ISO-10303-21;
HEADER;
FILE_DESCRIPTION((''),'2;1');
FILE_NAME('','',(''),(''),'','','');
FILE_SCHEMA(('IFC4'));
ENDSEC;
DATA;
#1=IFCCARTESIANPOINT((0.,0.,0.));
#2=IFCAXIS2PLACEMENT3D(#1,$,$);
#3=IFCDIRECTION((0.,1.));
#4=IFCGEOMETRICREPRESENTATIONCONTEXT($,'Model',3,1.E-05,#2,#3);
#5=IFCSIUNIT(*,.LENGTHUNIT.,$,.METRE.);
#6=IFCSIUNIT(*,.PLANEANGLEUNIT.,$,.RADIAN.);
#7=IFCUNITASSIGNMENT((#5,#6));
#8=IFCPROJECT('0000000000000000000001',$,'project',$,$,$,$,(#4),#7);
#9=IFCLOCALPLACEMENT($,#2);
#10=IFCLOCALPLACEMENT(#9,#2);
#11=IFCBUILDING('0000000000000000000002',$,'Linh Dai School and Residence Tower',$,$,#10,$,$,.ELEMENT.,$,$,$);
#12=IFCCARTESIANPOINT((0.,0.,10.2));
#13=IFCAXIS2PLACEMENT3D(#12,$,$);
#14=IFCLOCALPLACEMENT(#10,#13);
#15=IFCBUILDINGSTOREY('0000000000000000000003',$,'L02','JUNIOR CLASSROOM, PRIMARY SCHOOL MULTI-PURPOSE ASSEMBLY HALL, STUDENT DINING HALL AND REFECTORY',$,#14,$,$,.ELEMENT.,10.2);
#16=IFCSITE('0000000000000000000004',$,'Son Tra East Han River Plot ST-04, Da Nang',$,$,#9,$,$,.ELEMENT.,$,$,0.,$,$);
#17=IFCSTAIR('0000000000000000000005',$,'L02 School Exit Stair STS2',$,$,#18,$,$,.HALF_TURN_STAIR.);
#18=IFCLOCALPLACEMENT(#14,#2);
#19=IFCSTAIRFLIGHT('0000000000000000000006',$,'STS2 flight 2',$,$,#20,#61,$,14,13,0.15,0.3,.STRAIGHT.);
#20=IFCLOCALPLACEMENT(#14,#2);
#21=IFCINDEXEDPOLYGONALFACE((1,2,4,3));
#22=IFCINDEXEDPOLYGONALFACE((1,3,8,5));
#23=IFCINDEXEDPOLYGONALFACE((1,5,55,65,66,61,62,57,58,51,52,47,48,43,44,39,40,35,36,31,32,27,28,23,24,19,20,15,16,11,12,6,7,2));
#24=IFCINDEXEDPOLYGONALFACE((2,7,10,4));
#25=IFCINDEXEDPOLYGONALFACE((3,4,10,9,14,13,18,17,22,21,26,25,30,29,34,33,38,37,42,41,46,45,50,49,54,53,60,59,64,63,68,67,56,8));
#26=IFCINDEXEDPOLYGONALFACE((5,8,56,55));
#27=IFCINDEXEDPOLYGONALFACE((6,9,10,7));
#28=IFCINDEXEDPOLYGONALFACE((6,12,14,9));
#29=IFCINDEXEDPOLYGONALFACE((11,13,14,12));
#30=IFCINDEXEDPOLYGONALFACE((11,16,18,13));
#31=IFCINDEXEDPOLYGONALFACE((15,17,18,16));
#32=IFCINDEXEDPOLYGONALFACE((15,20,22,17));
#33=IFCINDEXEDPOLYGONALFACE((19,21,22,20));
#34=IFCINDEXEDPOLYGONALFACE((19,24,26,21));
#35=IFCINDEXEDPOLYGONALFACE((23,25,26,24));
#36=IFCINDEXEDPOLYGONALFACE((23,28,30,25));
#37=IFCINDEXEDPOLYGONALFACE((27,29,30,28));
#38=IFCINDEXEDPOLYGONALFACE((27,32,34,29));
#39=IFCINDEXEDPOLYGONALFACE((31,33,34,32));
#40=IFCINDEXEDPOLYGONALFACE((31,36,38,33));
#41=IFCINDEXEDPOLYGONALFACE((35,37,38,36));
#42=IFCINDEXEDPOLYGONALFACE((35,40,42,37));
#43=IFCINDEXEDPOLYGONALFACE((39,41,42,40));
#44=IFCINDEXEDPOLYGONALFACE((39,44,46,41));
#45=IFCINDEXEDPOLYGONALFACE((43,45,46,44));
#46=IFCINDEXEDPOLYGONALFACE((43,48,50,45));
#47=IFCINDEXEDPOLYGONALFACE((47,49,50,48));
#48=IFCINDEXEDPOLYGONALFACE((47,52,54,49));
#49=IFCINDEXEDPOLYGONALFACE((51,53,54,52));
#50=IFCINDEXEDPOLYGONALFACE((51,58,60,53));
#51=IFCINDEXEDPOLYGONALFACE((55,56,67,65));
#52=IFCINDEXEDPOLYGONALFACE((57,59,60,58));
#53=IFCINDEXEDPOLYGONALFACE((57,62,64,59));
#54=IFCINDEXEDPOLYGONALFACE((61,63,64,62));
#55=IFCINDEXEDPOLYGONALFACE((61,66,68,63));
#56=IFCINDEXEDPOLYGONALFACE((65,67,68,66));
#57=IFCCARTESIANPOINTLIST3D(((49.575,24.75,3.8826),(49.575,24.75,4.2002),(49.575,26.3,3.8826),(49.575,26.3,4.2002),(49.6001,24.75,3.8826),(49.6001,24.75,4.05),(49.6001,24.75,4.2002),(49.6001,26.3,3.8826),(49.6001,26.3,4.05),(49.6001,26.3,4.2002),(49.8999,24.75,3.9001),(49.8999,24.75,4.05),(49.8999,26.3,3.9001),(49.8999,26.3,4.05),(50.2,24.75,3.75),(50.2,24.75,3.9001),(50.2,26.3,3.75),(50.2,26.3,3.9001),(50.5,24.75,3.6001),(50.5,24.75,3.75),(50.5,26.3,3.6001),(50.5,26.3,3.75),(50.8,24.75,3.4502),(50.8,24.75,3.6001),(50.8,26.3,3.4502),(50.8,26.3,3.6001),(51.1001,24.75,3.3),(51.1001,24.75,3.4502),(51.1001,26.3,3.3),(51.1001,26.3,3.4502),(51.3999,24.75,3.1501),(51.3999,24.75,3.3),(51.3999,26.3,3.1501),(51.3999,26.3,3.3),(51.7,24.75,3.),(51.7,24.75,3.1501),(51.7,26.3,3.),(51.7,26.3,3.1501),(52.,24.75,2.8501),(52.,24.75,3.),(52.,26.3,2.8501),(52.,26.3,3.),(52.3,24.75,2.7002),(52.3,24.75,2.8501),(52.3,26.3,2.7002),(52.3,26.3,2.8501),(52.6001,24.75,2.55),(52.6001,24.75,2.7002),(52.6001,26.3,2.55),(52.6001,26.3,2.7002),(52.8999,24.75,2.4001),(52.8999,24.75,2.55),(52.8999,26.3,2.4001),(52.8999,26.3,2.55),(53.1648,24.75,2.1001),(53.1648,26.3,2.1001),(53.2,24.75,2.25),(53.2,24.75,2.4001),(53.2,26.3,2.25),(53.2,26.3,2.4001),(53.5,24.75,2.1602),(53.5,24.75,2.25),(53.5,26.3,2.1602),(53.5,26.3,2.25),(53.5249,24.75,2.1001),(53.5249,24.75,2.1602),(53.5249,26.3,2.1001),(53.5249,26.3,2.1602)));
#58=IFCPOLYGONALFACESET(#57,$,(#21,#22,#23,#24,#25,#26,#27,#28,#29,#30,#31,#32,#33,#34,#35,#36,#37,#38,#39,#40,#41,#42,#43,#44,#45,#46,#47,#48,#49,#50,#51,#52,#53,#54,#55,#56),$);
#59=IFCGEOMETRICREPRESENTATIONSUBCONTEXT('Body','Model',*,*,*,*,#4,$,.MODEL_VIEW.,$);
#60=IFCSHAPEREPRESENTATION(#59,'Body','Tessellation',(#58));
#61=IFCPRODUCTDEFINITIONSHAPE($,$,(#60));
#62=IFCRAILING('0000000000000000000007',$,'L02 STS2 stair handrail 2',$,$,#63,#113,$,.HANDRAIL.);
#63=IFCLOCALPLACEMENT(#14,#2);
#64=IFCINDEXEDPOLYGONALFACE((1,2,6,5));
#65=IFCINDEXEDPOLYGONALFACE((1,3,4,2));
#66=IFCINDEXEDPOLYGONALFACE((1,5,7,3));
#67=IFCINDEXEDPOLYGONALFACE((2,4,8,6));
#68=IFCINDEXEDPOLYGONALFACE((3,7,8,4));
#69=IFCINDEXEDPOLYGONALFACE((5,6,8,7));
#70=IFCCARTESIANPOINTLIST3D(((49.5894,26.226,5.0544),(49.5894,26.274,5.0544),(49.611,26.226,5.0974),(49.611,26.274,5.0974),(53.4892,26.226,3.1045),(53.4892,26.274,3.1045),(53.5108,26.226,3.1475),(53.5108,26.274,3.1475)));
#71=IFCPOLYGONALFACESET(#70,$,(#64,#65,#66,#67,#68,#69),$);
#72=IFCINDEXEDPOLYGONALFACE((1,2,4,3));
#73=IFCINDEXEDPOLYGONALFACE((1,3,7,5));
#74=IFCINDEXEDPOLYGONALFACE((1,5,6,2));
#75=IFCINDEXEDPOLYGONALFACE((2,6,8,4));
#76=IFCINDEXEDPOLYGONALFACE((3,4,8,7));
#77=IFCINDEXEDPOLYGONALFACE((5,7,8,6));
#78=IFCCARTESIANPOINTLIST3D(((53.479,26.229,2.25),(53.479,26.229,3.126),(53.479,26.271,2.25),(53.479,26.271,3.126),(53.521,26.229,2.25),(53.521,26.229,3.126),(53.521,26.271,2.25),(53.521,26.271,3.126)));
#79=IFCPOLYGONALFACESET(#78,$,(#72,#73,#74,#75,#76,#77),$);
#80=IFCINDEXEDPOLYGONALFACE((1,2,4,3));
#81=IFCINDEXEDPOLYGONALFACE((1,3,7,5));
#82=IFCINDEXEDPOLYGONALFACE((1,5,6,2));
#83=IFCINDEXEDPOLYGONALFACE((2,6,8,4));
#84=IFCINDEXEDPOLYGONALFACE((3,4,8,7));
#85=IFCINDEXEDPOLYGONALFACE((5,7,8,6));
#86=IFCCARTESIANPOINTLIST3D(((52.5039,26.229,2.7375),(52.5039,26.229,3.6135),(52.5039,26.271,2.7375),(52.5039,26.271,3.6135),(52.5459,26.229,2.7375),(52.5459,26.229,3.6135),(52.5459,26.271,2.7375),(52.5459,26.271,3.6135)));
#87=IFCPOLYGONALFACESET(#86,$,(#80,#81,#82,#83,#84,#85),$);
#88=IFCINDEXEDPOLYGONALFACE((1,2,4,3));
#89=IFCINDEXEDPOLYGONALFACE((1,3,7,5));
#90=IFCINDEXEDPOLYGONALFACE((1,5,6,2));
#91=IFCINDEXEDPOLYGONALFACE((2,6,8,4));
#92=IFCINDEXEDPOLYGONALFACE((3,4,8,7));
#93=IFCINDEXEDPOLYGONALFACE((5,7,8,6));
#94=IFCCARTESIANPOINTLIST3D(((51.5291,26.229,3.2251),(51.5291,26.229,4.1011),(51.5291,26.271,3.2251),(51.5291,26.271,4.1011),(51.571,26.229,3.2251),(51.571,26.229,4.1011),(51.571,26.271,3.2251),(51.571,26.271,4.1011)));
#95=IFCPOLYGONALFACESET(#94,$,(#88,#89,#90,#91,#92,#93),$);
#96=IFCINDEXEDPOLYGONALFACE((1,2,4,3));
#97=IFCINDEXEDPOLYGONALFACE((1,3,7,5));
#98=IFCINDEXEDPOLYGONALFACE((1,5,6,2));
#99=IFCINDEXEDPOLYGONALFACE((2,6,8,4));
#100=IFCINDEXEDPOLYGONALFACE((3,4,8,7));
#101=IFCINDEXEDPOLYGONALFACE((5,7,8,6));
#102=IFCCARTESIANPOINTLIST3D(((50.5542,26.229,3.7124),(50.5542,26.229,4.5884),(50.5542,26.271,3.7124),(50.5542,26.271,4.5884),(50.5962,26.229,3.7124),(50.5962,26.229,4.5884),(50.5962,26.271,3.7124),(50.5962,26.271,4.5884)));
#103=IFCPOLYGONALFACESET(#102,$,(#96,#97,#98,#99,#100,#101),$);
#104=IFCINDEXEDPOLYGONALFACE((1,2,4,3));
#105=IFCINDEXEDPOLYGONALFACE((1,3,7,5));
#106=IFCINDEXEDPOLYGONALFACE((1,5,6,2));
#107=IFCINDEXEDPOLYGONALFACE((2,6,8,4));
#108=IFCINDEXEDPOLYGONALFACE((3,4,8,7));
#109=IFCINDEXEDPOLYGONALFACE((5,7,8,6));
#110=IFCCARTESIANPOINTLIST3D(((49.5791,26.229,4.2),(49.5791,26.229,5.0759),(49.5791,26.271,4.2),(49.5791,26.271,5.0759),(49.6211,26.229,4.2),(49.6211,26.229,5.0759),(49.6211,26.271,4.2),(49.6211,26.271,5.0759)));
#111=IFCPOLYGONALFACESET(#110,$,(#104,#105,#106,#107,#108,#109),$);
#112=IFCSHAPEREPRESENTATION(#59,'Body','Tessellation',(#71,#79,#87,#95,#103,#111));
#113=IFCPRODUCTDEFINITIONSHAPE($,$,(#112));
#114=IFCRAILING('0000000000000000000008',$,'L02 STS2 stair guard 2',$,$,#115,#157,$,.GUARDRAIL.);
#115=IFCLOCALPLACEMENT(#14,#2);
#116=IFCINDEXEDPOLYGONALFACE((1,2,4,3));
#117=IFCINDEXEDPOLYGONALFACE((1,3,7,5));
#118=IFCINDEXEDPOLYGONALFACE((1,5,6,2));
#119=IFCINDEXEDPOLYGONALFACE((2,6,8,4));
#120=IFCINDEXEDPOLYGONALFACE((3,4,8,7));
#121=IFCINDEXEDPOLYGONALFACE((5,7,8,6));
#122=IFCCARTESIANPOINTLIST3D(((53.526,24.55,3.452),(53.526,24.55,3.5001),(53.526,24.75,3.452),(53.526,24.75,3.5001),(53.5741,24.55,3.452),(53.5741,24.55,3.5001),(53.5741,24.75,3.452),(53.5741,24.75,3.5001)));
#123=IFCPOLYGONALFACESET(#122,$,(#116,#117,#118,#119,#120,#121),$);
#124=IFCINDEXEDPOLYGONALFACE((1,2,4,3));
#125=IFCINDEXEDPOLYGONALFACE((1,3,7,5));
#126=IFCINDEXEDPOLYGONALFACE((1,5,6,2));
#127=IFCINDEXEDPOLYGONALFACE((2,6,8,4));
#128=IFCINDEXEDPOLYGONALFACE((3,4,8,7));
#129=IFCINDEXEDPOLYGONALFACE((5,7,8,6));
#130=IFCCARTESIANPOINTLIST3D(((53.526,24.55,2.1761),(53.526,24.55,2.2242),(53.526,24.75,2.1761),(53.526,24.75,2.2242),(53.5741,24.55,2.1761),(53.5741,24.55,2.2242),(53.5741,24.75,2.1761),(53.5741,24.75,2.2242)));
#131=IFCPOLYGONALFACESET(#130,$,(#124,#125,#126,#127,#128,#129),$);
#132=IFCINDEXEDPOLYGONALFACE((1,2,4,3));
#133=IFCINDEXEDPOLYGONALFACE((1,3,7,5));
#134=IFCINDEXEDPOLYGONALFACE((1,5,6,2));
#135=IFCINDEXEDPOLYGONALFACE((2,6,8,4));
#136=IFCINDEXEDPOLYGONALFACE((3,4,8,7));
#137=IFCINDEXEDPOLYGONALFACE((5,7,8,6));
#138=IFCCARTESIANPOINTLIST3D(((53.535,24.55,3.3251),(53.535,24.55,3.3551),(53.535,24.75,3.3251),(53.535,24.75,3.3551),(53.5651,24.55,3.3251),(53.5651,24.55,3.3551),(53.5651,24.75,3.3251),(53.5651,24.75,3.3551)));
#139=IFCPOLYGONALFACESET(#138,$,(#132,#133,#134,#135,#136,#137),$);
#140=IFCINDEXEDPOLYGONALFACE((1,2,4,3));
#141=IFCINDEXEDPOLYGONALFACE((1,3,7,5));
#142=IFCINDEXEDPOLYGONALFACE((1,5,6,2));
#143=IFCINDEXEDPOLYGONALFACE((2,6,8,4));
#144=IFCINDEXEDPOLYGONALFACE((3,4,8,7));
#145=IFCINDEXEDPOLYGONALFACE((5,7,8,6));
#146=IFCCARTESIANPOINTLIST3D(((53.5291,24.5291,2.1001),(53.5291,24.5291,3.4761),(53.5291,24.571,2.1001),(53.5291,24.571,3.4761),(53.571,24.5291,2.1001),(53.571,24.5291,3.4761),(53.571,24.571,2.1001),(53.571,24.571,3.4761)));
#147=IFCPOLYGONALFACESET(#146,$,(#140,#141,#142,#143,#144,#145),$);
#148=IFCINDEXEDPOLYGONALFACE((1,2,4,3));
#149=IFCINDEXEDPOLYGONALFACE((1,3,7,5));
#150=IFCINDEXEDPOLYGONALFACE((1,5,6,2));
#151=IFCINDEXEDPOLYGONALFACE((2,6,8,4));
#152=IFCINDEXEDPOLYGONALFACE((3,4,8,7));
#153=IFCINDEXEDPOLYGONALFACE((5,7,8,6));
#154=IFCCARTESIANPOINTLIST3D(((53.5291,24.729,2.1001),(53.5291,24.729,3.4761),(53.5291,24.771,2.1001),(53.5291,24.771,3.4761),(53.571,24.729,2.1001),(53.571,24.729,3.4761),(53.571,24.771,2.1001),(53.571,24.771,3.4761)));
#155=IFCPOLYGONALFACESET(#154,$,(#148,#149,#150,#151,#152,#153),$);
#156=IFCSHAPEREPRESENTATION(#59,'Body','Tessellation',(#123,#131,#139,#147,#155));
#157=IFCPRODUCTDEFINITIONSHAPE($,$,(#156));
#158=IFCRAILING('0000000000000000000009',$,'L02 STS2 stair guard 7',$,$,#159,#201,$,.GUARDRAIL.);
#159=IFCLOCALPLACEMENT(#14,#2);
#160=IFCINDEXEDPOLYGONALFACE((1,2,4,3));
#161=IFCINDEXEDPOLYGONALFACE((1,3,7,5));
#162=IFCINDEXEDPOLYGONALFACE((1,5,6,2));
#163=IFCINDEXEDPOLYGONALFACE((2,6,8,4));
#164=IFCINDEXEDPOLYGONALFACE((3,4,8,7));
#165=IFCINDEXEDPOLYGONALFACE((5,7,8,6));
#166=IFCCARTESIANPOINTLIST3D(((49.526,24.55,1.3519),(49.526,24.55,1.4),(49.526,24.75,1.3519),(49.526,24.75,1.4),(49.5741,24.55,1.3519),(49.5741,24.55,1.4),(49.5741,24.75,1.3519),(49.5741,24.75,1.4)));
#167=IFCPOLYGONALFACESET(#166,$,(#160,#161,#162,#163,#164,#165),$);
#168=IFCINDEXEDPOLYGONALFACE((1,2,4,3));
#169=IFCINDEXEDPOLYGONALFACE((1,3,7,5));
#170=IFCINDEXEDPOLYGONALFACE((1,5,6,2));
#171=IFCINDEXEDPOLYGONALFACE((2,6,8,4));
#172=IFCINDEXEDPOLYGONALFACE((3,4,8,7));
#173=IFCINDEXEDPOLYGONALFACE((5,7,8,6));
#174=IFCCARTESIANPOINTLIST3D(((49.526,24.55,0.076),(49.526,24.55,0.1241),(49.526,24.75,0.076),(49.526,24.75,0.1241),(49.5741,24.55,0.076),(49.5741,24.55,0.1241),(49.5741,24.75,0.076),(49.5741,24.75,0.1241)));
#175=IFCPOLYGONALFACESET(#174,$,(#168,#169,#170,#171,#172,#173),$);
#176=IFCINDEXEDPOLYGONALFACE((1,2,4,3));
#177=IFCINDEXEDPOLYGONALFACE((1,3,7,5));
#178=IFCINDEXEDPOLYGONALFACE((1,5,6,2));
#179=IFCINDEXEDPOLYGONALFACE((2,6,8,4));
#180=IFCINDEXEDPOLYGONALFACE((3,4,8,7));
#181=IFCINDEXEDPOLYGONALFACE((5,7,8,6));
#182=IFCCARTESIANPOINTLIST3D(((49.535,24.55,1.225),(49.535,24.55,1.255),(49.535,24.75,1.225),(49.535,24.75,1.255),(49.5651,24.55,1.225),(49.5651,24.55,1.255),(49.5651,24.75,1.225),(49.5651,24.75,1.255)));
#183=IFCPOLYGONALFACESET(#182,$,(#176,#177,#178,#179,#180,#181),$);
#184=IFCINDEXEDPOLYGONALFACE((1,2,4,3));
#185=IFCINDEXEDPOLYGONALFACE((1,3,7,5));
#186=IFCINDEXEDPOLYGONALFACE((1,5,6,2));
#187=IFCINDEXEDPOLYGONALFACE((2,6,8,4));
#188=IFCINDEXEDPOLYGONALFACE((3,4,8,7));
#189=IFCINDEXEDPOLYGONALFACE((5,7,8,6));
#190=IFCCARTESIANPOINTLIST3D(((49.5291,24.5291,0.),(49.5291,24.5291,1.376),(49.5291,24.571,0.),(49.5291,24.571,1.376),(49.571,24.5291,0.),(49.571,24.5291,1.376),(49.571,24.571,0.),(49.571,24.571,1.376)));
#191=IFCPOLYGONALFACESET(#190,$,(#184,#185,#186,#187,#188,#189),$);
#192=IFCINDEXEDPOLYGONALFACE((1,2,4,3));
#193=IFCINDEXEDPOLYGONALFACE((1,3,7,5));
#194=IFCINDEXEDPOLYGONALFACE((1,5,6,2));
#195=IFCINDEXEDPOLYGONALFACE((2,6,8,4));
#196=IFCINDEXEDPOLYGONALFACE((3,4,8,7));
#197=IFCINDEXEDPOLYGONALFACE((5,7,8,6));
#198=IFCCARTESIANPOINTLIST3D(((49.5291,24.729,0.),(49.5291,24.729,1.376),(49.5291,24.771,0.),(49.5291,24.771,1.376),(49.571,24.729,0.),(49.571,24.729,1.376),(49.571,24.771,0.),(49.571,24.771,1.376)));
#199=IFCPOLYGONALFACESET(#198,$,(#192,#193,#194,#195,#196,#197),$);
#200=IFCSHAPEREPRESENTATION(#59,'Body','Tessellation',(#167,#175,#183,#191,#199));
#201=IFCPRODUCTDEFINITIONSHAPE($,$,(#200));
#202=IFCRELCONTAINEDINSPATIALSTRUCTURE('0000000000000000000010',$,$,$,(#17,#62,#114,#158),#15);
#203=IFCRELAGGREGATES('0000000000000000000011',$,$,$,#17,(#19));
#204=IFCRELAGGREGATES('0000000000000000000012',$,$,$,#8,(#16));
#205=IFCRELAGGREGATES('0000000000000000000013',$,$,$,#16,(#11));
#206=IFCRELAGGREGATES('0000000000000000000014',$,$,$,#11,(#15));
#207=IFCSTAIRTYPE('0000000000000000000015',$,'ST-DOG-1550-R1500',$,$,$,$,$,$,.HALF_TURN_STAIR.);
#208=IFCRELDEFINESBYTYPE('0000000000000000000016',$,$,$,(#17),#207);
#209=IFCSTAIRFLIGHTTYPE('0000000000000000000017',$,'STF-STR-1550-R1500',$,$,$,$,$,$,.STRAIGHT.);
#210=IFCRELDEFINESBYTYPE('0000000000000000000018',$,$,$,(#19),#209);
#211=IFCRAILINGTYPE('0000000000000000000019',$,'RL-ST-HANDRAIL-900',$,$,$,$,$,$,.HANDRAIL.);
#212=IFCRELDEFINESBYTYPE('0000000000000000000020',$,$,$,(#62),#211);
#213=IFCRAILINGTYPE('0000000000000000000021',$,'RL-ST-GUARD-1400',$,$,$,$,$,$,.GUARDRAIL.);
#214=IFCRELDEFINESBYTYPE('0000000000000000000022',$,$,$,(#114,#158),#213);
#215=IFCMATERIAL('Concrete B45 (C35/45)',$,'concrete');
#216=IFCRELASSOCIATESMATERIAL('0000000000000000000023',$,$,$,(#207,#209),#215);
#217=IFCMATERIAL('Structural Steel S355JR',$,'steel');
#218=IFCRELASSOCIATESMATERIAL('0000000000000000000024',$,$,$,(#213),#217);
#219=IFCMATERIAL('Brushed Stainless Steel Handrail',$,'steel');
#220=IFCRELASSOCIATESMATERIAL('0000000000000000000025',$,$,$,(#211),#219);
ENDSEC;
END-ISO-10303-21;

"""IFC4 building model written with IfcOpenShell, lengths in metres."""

from ifc_helpers import new_model, si_unit, direction, frame, origin, origin_2d, place, context, subcontext, project, spatial, polyline, rectangle, outline, extrude, source, transform, mapped, material, type_object, element, aggregate, save


model = new_model("IFC4")

# Units and contexts
model_context = context("Model", 3, precision=1e-05, world=origin(), true_north=direction((0.0, 1.0)))
body_context = subcontext(model_context, "Body", "Model", "MODEL_VIEW")
ifc_project = project(units=[si_unit("LENGTHUNIT", "METRE"), si_unit("PLANEANGLEUNIT", "RADIAN")], contexts=[model_context])

# Site, building, storey
site_placement = place(None, origin())
site = spatial("IfcSite", under=ifc_project, at=site_placement, Name="Son Tra East Han River Plot ST-04, Da Nang", CompositionType="ELEMENT", RefElevation=0.0)
building_placement = place(site_placement, origin())
building = spatial("IfcBuilding", under=site, at=building_placement, Name="Linh Dai School and Residence Tower", CompositionType="ELEMENT")
storey_placement = place(building_placement, frame((0.0, 0.0, 10.2)))
storey = spatial("IfcBuildingStorey", under=building, at=storey_placement, Name="L02", Description="JUNIOR CLASSROOM, PRIMARY SCHOOL MULTI-PURPOSE ASSEMBLY HALL, STUDENT DINING HALL AND REFECTORY", CompositionType="ELEMENT", Elevation=10.2)

# Shared definitions
ifc_material_1 = material(Name="Structural Steel S355JR", Category="steel")

# Shared definitions
ifc_material_2 = material(Name="Concrete B45 (C35/45)", Category="concrete")

# Stair, stair flight
stair_type = type_object("IfcStairType", Name="ST-DOG-1550-R1500", PredefinedType="HALF_TURN_STAIR", material=ifc_material_2)
stair_placement = place(storey_placement, origin())
stair = element("IfcStair", 1, at=stair_placement, inside=storey, type_object=stair_type, Name="L02 School Exit Stair STS2", PredefinedType="HALF_TURN_STAIR")
stair_flight_type = type_object("IfcStairFlightType", Name="STF-STR-1550-R1500", PredefinedType="STRAIGHT", material=ifc_material_2)
shared_shape_1 = source(origin(), body_context, "Body", "SweptSolid", [
    extrude(outline(polyline([(-0.0249, 0.0), (-0.0249, 0.0601), (0.0, 0.0601), (0.0, 0.1499), (0.3, 0.1499), (0.3, 0.3), (0.6001, 0.3), (0.6001, 0.45), (0.8999, 0.45), (0.8999, 0.6001), (1.2, 0.6001), (1.2, 0.75), (1.5, 0.75), (1.5, 0.8999), (1.8, 0.8999), (1.8, 1.05), (2.1001, 1.05), (2.1001, 1.2), (2.3999, 1.2), (2.3999, 1.3501), (2.7, 1.3501), (2.7, 1.5), (3.0, 1.5), (3.0, 1.6499), (3.3, 1.6499), (3.3, 1.8), (3.6001, 1.8), (3.6001, 1.95), (3.8999, 1.95), (3.8999, 2.1001), (3.925, 2.1001), (3.925, 1.7825), (3.8999, 1.7825), (0.3352, 0.0), (-0.0249, 0.0)])), frame((0.0, 0.7749, 0.0), z_axis=(0.0, -1.0, 0.0), x_axis=(1.0, 0.0, 0.0)), (0.0, 0.0, 1.0), 1.55),
])
stair_flight_placement = place(storey_placement, frame((53.5, 25.5249, 2.1001), z_axis=(0.0, 0.0, 1.0), x_axis=(-1.0, 0.0, 0.0)))
stair_flight = element("IfcStairFlight", 2, at=stair_flight_placement, type_object=stair_flight_type, Name="STS2 flight 2", NumberOfRisers=14, NumberOfTreads=13, PredefinedType="STRAIGHT", RiserHeight=0.15, TreadLength=0.3, context=body_context, shape_type="MappedRepresentation", body=[
    mapped(shared_shape_1, transform((0.0, 0.0, 0.0), x_axis=(1.0, 0.0, 0.0), y_axis=(0.0, 1.0, 0.0), z_axis=(0.0, 0.0, 1.0), scale=1.0)),
])
aggregate(stair, [stair_flight])

# Railings
railing_type_1 = type_object("IfcRailingType", Name="RL-ST-GUARD-1400", PredefinedType="GUARDRAIL", material=ifc_material_1)
ifc_material_3 = material(Name="Brushed Stainless Steel Handrail", Category="steel")
railing_type_2 = type_object("IfcRailingType", Name="RL-ST-HANDRAIL-900", PredefinedType="HANDRAIL", material=ifc_material_3)
shared_shape_2 = source(origin(), body_context, "Body", "SweptSolid", [
    extrude(rectangle(XDim=0.0481, YDim=0.0481, at=origin_2d()), frame((0.0, 0.0, 0.876), z_axis=(-0.894427, 0.0, 0.447214), x_axis=(0.0, -1.0, 0.0)), (0.0, 0.0, 1.0), 4.3601),
    extrude(rectangle(XDim=0.042, YDim=0.042, at=origin_2d()), origin(), (0.0, 0.0, 1.0), 0.876),
    extrude(rectangle(XDim=0.042, YDim=0.042, at=origin_2d()), frame((-0.9751, 0.0, 0.4875)), (0.0, 0.0, 1.0), 0.876),
    extrude(rectangle(XDim=0.042, YDim=0.042, at=origin_2d()), frame((-1.95, 0.0, 0.9751)), (0.0, 0.0, 1.0), 0.876),
    extrude(rectangle(XDim=0.042, YDim=0.042, at=origin_2d()), frame((-2.9248, 0.0, 1.4624)), (0.0, 0.0, 1.0), 0.876),
    extrude(rectangle(XDim=0.042, YDim=0.042, at=origin_2d()), frame((-3.8999, 0.0, 1.95)), (0.0, 0.0, 1.0), 0.876),
])
railing_1_placement = place(storey_placement, frame((53.5, 26.25, 2.25)))
element("IfcRailing", 3, at=railing_1_placement, inside=storey, type_object=railing_type_2, Name="L02 STS2 stair handrail 2", PredefinedType="HANDRAIL", context=body_context, shape_type="MappedRepresentation", body=[
    mapped(shared_shape_2, transform((0.0, 0.0, 0.0), x_axis=(1.0, 0.0, 0.0), y_axis=(0.0, 1.0, 0.0), z_axis=(0.0, 0.0, 1.0), scale=1.0)),
])
shared_shape_3 = source(origin(), body_context, "Body", "SweptSolid", [
    extrude(rectangle(XDim=0.0481, YDim=0.0481, at=origin_2d()), frame((0.0, 0.0, 1.376), z_axis=(0.0, 1.0, 0.0), x_axis=(-1.0, 0.0, 0.0)), (0.0, 0.0, 1.0), 0.2),
    extrude(rectangle(XDim=0.0481, YDim=0.0481, at=origin_2d()), frame((0.0, 0.0, 0.1001), z_axis=(0.0, 1.0, 0.0), x_axis=(-1.0, 0.0, 0.0)), (0.0, 0.0, 1.0), 0.2),
    extrude(rectangle(XDim=0.03, YDim=0.03, at=origin_2d()), frame((0.0, 0.0, 1.24), z_axis=(0.0, 1.0, 0.0), x_axis=(-1.0, 0.0, 0.0)), (0.0, 0.0, 1.0), 0.2),
    extrude(rectangle(XDim=0.042, YDim=0.042, at=origin_2d()), origin(), (0.0, 0.0, 1.0), 1.376),
    extrude(rectangle(XDim=0.042, YDim=0.042, at=origin_2d()), frame((0.0, 0.2, 0.0)), (0.0, 0.0, 1.0), 1.376),
])
for number, where, name in (
    (4, (53.55, 24.55, 2.1001), "L02 STS2 stair guard 2"),
    (5, (49.55, 24.55, 0.0), "L02 STS2 stair guard 7"),
):
    element("IfcRailing", number, at=place(storey_placement, frame(where)), inside=storey, type_object=railing_type_1, Name=name, PredefinedType="GUARDRAIL", context=body_context, shape_type="MappedRepresentation", body=[
        mapped(shared_shape_3, transform((0.0, 0.0, 0.0), x_axis=(1.0, 0.0, 0.0), y_axis=(0.0, 1.0, 0.0), z_axis=(0.0, 0.0, 1.0), scale=1.0)),
    ])

save(model, "model.ifc")
